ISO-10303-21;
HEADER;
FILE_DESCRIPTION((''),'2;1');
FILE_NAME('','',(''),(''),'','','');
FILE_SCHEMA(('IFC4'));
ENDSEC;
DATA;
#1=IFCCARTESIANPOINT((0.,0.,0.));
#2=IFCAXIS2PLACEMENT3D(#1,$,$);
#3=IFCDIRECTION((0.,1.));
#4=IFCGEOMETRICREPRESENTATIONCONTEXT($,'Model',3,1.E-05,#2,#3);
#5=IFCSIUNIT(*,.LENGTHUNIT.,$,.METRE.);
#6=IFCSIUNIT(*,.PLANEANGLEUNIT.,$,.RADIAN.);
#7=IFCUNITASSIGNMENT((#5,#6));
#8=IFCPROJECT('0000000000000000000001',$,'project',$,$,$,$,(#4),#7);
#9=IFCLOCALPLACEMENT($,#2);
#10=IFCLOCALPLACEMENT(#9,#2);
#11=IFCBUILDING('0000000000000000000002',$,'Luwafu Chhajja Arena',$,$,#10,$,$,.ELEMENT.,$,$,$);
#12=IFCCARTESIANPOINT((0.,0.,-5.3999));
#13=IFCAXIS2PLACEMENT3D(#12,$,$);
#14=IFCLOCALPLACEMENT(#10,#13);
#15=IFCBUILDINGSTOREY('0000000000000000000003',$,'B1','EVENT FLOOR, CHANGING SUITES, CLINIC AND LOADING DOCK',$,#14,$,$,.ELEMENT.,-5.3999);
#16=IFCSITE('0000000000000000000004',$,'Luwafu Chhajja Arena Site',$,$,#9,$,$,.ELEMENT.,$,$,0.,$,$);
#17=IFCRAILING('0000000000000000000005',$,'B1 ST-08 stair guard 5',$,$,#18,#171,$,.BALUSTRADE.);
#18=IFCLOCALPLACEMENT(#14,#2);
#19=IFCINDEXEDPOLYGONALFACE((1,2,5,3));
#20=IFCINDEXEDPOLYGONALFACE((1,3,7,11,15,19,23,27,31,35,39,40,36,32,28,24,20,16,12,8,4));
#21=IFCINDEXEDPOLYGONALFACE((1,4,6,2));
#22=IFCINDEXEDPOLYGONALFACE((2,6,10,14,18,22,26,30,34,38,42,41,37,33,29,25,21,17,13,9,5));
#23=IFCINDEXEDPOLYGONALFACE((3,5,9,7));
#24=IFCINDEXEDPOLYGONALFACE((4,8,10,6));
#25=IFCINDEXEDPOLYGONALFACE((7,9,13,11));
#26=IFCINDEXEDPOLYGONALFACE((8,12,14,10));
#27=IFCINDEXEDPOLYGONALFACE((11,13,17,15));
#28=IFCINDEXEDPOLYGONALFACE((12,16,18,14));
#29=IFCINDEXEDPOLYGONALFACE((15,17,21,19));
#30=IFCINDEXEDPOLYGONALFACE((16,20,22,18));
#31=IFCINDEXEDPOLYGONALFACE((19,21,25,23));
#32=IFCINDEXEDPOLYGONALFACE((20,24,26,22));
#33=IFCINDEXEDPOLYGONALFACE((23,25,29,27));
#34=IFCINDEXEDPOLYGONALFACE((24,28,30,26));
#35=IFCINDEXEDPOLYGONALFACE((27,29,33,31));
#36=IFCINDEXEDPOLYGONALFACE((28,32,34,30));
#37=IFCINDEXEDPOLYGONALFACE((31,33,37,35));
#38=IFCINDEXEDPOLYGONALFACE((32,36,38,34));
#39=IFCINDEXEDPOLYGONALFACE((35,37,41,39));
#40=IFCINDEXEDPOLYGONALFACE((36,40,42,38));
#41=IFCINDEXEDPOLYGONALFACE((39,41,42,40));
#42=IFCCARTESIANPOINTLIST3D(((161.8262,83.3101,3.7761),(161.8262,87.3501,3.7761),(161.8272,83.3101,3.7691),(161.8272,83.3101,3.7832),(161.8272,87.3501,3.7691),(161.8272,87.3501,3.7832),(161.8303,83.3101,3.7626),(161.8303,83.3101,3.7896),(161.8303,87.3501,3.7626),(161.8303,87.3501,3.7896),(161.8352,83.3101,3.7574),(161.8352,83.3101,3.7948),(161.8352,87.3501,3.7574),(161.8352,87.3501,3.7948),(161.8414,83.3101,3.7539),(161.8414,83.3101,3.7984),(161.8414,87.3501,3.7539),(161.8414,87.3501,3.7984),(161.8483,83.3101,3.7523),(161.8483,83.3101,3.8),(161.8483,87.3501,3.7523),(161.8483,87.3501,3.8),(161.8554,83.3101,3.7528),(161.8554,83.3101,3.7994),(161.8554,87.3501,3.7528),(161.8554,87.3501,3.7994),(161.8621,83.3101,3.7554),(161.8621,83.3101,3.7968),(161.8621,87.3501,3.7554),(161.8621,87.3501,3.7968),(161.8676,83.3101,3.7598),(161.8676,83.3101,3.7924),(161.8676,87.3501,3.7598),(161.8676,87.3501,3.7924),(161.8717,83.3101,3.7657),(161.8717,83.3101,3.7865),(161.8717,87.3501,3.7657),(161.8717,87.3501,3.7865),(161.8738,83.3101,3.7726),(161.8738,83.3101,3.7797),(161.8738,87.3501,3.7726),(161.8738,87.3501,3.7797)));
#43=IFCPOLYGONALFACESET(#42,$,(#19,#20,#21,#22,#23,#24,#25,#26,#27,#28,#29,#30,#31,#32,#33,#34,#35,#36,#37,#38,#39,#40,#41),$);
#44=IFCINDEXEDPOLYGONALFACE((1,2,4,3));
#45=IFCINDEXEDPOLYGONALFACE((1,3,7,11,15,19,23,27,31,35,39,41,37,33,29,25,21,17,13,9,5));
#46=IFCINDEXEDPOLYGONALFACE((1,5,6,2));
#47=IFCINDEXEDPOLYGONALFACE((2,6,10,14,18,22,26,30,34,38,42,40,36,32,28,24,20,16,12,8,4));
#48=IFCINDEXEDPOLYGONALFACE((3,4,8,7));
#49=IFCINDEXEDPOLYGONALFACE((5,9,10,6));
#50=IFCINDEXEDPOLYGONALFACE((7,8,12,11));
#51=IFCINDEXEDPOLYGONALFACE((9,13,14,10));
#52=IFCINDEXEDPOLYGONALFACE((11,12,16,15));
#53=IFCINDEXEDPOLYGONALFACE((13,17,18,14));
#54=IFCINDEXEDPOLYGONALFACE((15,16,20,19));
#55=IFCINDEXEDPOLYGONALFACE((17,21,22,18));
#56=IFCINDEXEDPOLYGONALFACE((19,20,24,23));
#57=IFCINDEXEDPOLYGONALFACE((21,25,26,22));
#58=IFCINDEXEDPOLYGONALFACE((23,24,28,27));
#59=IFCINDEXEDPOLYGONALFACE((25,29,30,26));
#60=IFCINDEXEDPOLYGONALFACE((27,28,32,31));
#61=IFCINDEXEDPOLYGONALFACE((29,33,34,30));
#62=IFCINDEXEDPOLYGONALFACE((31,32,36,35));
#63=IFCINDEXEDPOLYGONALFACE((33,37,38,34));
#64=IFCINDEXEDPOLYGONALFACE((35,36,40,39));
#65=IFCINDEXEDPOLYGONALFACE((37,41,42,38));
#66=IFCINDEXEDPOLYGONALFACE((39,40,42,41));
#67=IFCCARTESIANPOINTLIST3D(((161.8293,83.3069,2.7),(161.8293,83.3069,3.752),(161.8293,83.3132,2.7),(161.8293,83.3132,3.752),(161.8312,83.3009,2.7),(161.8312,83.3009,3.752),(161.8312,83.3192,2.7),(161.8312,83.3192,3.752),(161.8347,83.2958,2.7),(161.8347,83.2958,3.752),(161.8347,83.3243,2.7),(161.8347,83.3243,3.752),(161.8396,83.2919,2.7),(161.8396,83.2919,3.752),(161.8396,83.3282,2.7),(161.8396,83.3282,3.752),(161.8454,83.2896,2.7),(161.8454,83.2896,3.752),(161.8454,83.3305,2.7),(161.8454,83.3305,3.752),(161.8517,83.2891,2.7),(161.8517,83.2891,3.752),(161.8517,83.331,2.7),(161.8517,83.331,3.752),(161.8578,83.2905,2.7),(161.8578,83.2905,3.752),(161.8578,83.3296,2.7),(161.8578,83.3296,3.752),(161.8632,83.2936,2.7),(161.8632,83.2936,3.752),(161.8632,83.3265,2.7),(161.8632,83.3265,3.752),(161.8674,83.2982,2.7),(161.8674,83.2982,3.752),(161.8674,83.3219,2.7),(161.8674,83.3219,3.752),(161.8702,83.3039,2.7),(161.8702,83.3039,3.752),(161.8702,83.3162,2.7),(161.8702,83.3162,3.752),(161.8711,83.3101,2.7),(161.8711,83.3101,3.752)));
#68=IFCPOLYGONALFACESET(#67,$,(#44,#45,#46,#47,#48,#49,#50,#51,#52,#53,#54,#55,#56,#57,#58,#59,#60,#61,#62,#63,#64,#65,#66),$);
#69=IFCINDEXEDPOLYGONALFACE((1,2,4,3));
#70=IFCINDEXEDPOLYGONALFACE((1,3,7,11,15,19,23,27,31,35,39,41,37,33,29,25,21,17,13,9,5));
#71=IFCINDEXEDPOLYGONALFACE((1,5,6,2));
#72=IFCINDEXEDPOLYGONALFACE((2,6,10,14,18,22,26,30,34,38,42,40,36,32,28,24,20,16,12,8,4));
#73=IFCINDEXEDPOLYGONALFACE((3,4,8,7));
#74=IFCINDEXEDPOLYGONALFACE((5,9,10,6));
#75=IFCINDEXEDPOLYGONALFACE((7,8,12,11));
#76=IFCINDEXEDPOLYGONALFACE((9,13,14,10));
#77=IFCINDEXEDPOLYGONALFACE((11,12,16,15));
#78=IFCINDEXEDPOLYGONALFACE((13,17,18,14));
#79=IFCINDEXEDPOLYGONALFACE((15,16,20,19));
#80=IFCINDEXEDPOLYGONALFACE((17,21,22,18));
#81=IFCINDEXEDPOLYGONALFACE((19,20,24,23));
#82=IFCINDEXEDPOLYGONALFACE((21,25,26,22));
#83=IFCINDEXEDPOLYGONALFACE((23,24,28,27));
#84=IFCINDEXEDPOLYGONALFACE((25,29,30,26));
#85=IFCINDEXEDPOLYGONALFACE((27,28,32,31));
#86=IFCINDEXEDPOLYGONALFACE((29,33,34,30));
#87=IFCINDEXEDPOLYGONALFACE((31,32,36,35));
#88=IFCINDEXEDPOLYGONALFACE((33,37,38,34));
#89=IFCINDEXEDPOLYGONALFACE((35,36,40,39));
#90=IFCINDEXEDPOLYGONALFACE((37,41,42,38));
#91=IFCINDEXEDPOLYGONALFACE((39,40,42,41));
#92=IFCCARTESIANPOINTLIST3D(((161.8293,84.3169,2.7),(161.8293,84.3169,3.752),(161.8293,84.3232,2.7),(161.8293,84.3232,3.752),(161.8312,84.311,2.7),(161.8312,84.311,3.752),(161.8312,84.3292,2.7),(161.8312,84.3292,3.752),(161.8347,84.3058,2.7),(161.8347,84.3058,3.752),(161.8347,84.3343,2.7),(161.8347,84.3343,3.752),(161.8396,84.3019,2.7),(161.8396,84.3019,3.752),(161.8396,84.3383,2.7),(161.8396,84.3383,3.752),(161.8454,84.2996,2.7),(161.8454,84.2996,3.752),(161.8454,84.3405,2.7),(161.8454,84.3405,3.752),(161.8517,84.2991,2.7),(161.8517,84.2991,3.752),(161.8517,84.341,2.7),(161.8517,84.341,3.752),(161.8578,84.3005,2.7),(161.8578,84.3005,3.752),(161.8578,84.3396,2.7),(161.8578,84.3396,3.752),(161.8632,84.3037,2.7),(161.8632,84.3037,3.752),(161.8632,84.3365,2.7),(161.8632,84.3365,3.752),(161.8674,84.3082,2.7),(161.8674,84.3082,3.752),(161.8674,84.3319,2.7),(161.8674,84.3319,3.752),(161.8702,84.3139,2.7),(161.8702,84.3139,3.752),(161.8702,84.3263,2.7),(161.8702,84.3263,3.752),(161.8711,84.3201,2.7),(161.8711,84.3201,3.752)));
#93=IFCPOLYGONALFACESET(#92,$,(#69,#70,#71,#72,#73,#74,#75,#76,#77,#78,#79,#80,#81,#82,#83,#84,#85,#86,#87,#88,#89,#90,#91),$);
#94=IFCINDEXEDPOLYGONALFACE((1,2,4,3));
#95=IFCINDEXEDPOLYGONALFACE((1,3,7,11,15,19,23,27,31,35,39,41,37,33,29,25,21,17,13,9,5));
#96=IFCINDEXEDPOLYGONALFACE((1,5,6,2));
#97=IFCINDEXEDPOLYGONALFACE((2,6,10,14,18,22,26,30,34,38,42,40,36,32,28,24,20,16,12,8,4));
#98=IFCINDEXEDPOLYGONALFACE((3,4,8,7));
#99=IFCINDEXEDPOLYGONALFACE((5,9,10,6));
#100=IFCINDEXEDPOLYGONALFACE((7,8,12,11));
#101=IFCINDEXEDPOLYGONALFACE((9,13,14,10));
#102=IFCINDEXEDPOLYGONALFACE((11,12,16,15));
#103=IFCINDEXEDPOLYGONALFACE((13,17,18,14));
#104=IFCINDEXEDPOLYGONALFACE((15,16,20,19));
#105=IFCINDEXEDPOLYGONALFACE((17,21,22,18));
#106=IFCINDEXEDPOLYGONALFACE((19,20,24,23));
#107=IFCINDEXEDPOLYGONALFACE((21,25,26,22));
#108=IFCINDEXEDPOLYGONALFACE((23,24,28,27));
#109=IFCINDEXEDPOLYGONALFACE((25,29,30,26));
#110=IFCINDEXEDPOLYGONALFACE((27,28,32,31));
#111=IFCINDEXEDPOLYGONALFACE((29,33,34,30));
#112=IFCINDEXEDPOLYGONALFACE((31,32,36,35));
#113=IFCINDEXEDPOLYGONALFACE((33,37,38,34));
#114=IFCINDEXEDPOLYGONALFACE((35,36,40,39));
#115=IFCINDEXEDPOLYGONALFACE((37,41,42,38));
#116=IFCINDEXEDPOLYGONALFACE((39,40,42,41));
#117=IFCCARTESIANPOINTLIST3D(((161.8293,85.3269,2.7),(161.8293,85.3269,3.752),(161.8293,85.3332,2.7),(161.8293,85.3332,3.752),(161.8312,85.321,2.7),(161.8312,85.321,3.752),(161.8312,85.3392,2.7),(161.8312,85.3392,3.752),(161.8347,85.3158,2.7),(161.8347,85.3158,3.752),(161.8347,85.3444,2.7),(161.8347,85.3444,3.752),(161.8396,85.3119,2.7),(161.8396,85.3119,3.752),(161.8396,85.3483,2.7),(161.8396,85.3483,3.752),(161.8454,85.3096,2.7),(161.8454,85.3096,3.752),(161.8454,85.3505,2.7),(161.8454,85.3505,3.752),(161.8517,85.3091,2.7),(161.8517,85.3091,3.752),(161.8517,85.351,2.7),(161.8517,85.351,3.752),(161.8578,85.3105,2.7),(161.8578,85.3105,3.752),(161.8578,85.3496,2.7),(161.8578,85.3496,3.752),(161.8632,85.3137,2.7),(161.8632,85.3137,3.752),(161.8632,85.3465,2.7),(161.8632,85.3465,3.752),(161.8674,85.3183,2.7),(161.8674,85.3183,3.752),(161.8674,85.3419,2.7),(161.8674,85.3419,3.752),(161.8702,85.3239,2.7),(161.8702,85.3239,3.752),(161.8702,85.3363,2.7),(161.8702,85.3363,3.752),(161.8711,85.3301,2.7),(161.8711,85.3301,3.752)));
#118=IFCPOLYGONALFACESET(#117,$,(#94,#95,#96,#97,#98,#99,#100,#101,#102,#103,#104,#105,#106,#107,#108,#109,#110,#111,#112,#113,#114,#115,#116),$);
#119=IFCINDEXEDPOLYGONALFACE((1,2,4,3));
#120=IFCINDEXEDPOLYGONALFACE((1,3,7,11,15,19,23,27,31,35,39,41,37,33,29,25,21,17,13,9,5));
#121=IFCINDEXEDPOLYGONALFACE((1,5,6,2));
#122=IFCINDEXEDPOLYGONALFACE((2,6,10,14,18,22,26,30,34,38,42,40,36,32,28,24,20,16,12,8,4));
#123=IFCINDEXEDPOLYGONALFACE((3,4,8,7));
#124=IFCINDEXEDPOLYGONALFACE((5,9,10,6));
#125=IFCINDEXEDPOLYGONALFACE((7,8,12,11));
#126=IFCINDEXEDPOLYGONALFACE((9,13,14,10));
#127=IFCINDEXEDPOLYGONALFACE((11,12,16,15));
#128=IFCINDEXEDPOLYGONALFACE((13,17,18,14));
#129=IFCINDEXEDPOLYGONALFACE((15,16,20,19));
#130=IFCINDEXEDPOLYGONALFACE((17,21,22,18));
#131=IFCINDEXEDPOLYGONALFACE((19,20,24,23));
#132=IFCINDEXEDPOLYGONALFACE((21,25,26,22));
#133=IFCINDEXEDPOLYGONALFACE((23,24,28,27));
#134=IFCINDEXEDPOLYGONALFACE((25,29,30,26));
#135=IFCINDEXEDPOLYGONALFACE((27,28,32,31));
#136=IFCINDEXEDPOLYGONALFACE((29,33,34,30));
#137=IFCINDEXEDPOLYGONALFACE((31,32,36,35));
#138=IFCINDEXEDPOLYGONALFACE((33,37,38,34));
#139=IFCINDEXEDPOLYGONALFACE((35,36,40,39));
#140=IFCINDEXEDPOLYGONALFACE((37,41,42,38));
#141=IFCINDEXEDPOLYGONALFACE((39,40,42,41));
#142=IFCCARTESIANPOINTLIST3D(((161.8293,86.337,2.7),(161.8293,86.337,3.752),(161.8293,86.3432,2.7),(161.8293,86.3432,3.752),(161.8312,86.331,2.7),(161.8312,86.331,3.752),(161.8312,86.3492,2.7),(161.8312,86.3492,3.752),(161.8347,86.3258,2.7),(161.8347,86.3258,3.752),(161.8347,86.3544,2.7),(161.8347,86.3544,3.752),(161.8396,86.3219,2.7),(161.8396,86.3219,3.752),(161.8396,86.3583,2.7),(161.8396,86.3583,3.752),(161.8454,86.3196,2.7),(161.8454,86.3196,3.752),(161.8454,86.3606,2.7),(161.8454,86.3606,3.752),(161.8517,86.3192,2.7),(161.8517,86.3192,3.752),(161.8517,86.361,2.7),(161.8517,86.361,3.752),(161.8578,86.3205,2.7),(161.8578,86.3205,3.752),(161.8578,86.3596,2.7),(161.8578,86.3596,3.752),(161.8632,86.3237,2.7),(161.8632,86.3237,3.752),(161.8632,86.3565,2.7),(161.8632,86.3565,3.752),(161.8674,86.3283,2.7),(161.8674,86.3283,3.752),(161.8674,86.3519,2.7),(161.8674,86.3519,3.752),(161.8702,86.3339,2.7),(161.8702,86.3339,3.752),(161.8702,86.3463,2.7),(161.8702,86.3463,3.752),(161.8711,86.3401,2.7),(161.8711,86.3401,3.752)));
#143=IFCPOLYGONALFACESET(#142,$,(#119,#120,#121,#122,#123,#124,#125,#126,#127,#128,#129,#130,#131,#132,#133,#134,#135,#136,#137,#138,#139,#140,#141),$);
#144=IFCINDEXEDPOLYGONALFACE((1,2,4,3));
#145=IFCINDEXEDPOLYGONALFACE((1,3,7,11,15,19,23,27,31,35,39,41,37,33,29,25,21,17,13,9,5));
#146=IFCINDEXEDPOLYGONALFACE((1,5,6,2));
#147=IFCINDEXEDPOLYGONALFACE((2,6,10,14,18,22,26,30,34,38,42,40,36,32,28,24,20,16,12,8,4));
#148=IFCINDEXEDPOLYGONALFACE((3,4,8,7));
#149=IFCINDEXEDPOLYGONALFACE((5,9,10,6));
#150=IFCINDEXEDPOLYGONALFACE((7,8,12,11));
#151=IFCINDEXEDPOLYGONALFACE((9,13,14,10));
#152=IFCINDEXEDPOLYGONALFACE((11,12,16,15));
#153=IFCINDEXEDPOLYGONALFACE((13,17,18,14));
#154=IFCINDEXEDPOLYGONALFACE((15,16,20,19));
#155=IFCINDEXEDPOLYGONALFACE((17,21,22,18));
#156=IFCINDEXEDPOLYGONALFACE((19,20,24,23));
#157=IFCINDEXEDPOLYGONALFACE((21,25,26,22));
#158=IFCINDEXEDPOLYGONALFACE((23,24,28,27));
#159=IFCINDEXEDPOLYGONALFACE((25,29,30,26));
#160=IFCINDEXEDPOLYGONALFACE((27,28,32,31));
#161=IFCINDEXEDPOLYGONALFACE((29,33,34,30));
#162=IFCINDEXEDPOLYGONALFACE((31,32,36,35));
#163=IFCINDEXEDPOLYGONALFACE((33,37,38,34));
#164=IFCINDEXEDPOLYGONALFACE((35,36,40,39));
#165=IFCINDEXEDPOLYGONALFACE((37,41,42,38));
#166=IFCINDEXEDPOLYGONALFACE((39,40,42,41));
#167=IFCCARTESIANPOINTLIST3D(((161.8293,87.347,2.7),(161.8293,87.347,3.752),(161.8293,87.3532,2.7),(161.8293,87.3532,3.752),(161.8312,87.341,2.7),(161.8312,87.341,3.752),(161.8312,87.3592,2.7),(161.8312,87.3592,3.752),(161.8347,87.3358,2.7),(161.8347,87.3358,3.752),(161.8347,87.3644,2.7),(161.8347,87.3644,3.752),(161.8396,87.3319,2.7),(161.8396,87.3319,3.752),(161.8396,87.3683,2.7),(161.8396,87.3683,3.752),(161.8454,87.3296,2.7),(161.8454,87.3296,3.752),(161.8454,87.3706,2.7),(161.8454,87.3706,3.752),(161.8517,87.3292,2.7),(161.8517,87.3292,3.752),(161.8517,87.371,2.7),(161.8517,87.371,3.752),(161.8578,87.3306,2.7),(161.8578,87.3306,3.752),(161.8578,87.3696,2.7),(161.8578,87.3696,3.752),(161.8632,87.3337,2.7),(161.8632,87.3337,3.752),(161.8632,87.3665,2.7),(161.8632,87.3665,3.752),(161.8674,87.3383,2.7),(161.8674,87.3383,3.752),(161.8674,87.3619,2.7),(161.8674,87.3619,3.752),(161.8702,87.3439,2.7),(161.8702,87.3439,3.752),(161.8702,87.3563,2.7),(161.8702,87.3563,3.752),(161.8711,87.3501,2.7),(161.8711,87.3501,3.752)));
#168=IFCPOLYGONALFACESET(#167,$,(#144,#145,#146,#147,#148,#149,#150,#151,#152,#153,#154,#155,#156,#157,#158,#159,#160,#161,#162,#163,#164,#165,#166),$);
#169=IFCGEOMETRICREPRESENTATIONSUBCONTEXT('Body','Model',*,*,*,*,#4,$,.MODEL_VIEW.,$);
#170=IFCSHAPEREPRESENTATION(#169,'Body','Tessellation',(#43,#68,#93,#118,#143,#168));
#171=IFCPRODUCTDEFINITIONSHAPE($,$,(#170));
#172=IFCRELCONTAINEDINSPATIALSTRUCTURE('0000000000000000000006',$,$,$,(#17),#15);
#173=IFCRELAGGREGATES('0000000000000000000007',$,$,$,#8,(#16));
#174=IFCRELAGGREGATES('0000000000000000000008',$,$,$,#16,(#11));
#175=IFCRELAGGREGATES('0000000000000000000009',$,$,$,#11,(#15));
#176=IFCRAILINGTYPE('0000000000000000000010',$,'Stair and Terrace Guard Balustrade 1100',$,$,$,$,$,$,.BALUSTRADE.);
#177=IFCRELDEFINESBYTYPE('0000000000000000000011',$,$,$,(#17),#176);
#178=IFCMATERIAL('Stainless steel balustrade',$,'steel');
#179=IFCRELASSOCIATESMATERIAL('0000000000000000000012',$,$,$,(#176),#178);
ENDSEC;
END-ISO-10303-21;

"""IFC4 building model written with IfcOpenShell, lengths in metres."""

from ifc_helpers import new_model, si_unit, direction, frame, origin, origin_2d, place, context, subcontext, project, spatial, circle, extrude, material, type_object, element, save


model = new_model("IFC4")

# Units and contexts
model_context = context("Model", 3, precision=1e-05, world=origin(), true_north=direction((0.0, 1.0)))
body_context = subcontext(model_context, "Body", "Model", "MODEL_VIEW")
ifc_project = project(units=[si_unit("LENGTHUNIT", "METRE"), si_unit("PLANEANGLEUNIT", "RADIAN")], contexts=[model_context])

# Site, building, storey
site_placement = place(None, origin())
site = spatial("IfcSite", under=ifc_project, at=site_placement, Name="Luwafu Chhajja Arena Site", CompositionType="ELEMENT", RefElevation=0.0)
building_placement = place(site_placement, origin())
building = spatial("IfcBuilding", under=site, at=building_placement, Name="Luwafu Chhajja Arena", CompositionType="ELEMENT")
storey_placement = place(building_placement, frame((0.0, 0.0, -5.3999)))
storey = spatial("IfcBuildingStorey", under=building, at=storey_placement, Name="B1", Description="EVENT FLOOR, CHANGING SUITES, CLINIC AND LOADING DOCK", CompositionType="ELEMENT", Elevation=-5.3999)

# Railing
ifc_material_1 = material(Name="Stainless steel balustrade", Category="steel")
railing_type_1 = type_object("IfcRailingType", Name="Stair and Terrace Guard Balustrade 1100", PredefinedType="BALUSTRADE", material=ifc_material_1)
railing_1_placement = place(storey_placement, frame((161.8501, 83.3101, 2.7)))
element("IfcRailing", 1, at=railing_1_placement, inside=storey, type_object=railing_type_1, Name="B1 ST-08 stair guard 5", PredefinedType="BALUSTRADE", context=body_context, shape_type="SweptSolid", body=[
    extrude(circle(Radius=0.0239, at=origin_2d()), frame((0.0, 0.0, 1.0762), z_axis=(0.0, 1.0, 0.0), x_axis=(-1.0, 0.0, 0.0)), (0.0, 0.0, 1.0), 4.04),
    extrude(circle(Radius=0.021, at=origin_2d()), origin(), (0.0, 0.0, 1.0), 1.052),
    extrude(circle(Radius=0.021, at=origin_2d()), frame((0.0, 1.01, 0.0)), (0.0, 0.0, 1.0), 1.052),
    extrude(circle(Radius=0.021, at=origin_2d()), frame((0.0, 2.02, 0.0)), (0.0, 0.0, 1.0), 1.052),
    extrude(circle(Radius=0.021, at=origin_2d()), frame((0.0, 3.03, 0.0)), (0.0, 0.0, 1.0), 1.052),
    extrude(circle(Radius=0.021, at=origin_2d()), frame((0.0, 4.04, 0.0)), (0.0, 0.0, 1.0), 1.052),
])

save(model, "model.ifc")
